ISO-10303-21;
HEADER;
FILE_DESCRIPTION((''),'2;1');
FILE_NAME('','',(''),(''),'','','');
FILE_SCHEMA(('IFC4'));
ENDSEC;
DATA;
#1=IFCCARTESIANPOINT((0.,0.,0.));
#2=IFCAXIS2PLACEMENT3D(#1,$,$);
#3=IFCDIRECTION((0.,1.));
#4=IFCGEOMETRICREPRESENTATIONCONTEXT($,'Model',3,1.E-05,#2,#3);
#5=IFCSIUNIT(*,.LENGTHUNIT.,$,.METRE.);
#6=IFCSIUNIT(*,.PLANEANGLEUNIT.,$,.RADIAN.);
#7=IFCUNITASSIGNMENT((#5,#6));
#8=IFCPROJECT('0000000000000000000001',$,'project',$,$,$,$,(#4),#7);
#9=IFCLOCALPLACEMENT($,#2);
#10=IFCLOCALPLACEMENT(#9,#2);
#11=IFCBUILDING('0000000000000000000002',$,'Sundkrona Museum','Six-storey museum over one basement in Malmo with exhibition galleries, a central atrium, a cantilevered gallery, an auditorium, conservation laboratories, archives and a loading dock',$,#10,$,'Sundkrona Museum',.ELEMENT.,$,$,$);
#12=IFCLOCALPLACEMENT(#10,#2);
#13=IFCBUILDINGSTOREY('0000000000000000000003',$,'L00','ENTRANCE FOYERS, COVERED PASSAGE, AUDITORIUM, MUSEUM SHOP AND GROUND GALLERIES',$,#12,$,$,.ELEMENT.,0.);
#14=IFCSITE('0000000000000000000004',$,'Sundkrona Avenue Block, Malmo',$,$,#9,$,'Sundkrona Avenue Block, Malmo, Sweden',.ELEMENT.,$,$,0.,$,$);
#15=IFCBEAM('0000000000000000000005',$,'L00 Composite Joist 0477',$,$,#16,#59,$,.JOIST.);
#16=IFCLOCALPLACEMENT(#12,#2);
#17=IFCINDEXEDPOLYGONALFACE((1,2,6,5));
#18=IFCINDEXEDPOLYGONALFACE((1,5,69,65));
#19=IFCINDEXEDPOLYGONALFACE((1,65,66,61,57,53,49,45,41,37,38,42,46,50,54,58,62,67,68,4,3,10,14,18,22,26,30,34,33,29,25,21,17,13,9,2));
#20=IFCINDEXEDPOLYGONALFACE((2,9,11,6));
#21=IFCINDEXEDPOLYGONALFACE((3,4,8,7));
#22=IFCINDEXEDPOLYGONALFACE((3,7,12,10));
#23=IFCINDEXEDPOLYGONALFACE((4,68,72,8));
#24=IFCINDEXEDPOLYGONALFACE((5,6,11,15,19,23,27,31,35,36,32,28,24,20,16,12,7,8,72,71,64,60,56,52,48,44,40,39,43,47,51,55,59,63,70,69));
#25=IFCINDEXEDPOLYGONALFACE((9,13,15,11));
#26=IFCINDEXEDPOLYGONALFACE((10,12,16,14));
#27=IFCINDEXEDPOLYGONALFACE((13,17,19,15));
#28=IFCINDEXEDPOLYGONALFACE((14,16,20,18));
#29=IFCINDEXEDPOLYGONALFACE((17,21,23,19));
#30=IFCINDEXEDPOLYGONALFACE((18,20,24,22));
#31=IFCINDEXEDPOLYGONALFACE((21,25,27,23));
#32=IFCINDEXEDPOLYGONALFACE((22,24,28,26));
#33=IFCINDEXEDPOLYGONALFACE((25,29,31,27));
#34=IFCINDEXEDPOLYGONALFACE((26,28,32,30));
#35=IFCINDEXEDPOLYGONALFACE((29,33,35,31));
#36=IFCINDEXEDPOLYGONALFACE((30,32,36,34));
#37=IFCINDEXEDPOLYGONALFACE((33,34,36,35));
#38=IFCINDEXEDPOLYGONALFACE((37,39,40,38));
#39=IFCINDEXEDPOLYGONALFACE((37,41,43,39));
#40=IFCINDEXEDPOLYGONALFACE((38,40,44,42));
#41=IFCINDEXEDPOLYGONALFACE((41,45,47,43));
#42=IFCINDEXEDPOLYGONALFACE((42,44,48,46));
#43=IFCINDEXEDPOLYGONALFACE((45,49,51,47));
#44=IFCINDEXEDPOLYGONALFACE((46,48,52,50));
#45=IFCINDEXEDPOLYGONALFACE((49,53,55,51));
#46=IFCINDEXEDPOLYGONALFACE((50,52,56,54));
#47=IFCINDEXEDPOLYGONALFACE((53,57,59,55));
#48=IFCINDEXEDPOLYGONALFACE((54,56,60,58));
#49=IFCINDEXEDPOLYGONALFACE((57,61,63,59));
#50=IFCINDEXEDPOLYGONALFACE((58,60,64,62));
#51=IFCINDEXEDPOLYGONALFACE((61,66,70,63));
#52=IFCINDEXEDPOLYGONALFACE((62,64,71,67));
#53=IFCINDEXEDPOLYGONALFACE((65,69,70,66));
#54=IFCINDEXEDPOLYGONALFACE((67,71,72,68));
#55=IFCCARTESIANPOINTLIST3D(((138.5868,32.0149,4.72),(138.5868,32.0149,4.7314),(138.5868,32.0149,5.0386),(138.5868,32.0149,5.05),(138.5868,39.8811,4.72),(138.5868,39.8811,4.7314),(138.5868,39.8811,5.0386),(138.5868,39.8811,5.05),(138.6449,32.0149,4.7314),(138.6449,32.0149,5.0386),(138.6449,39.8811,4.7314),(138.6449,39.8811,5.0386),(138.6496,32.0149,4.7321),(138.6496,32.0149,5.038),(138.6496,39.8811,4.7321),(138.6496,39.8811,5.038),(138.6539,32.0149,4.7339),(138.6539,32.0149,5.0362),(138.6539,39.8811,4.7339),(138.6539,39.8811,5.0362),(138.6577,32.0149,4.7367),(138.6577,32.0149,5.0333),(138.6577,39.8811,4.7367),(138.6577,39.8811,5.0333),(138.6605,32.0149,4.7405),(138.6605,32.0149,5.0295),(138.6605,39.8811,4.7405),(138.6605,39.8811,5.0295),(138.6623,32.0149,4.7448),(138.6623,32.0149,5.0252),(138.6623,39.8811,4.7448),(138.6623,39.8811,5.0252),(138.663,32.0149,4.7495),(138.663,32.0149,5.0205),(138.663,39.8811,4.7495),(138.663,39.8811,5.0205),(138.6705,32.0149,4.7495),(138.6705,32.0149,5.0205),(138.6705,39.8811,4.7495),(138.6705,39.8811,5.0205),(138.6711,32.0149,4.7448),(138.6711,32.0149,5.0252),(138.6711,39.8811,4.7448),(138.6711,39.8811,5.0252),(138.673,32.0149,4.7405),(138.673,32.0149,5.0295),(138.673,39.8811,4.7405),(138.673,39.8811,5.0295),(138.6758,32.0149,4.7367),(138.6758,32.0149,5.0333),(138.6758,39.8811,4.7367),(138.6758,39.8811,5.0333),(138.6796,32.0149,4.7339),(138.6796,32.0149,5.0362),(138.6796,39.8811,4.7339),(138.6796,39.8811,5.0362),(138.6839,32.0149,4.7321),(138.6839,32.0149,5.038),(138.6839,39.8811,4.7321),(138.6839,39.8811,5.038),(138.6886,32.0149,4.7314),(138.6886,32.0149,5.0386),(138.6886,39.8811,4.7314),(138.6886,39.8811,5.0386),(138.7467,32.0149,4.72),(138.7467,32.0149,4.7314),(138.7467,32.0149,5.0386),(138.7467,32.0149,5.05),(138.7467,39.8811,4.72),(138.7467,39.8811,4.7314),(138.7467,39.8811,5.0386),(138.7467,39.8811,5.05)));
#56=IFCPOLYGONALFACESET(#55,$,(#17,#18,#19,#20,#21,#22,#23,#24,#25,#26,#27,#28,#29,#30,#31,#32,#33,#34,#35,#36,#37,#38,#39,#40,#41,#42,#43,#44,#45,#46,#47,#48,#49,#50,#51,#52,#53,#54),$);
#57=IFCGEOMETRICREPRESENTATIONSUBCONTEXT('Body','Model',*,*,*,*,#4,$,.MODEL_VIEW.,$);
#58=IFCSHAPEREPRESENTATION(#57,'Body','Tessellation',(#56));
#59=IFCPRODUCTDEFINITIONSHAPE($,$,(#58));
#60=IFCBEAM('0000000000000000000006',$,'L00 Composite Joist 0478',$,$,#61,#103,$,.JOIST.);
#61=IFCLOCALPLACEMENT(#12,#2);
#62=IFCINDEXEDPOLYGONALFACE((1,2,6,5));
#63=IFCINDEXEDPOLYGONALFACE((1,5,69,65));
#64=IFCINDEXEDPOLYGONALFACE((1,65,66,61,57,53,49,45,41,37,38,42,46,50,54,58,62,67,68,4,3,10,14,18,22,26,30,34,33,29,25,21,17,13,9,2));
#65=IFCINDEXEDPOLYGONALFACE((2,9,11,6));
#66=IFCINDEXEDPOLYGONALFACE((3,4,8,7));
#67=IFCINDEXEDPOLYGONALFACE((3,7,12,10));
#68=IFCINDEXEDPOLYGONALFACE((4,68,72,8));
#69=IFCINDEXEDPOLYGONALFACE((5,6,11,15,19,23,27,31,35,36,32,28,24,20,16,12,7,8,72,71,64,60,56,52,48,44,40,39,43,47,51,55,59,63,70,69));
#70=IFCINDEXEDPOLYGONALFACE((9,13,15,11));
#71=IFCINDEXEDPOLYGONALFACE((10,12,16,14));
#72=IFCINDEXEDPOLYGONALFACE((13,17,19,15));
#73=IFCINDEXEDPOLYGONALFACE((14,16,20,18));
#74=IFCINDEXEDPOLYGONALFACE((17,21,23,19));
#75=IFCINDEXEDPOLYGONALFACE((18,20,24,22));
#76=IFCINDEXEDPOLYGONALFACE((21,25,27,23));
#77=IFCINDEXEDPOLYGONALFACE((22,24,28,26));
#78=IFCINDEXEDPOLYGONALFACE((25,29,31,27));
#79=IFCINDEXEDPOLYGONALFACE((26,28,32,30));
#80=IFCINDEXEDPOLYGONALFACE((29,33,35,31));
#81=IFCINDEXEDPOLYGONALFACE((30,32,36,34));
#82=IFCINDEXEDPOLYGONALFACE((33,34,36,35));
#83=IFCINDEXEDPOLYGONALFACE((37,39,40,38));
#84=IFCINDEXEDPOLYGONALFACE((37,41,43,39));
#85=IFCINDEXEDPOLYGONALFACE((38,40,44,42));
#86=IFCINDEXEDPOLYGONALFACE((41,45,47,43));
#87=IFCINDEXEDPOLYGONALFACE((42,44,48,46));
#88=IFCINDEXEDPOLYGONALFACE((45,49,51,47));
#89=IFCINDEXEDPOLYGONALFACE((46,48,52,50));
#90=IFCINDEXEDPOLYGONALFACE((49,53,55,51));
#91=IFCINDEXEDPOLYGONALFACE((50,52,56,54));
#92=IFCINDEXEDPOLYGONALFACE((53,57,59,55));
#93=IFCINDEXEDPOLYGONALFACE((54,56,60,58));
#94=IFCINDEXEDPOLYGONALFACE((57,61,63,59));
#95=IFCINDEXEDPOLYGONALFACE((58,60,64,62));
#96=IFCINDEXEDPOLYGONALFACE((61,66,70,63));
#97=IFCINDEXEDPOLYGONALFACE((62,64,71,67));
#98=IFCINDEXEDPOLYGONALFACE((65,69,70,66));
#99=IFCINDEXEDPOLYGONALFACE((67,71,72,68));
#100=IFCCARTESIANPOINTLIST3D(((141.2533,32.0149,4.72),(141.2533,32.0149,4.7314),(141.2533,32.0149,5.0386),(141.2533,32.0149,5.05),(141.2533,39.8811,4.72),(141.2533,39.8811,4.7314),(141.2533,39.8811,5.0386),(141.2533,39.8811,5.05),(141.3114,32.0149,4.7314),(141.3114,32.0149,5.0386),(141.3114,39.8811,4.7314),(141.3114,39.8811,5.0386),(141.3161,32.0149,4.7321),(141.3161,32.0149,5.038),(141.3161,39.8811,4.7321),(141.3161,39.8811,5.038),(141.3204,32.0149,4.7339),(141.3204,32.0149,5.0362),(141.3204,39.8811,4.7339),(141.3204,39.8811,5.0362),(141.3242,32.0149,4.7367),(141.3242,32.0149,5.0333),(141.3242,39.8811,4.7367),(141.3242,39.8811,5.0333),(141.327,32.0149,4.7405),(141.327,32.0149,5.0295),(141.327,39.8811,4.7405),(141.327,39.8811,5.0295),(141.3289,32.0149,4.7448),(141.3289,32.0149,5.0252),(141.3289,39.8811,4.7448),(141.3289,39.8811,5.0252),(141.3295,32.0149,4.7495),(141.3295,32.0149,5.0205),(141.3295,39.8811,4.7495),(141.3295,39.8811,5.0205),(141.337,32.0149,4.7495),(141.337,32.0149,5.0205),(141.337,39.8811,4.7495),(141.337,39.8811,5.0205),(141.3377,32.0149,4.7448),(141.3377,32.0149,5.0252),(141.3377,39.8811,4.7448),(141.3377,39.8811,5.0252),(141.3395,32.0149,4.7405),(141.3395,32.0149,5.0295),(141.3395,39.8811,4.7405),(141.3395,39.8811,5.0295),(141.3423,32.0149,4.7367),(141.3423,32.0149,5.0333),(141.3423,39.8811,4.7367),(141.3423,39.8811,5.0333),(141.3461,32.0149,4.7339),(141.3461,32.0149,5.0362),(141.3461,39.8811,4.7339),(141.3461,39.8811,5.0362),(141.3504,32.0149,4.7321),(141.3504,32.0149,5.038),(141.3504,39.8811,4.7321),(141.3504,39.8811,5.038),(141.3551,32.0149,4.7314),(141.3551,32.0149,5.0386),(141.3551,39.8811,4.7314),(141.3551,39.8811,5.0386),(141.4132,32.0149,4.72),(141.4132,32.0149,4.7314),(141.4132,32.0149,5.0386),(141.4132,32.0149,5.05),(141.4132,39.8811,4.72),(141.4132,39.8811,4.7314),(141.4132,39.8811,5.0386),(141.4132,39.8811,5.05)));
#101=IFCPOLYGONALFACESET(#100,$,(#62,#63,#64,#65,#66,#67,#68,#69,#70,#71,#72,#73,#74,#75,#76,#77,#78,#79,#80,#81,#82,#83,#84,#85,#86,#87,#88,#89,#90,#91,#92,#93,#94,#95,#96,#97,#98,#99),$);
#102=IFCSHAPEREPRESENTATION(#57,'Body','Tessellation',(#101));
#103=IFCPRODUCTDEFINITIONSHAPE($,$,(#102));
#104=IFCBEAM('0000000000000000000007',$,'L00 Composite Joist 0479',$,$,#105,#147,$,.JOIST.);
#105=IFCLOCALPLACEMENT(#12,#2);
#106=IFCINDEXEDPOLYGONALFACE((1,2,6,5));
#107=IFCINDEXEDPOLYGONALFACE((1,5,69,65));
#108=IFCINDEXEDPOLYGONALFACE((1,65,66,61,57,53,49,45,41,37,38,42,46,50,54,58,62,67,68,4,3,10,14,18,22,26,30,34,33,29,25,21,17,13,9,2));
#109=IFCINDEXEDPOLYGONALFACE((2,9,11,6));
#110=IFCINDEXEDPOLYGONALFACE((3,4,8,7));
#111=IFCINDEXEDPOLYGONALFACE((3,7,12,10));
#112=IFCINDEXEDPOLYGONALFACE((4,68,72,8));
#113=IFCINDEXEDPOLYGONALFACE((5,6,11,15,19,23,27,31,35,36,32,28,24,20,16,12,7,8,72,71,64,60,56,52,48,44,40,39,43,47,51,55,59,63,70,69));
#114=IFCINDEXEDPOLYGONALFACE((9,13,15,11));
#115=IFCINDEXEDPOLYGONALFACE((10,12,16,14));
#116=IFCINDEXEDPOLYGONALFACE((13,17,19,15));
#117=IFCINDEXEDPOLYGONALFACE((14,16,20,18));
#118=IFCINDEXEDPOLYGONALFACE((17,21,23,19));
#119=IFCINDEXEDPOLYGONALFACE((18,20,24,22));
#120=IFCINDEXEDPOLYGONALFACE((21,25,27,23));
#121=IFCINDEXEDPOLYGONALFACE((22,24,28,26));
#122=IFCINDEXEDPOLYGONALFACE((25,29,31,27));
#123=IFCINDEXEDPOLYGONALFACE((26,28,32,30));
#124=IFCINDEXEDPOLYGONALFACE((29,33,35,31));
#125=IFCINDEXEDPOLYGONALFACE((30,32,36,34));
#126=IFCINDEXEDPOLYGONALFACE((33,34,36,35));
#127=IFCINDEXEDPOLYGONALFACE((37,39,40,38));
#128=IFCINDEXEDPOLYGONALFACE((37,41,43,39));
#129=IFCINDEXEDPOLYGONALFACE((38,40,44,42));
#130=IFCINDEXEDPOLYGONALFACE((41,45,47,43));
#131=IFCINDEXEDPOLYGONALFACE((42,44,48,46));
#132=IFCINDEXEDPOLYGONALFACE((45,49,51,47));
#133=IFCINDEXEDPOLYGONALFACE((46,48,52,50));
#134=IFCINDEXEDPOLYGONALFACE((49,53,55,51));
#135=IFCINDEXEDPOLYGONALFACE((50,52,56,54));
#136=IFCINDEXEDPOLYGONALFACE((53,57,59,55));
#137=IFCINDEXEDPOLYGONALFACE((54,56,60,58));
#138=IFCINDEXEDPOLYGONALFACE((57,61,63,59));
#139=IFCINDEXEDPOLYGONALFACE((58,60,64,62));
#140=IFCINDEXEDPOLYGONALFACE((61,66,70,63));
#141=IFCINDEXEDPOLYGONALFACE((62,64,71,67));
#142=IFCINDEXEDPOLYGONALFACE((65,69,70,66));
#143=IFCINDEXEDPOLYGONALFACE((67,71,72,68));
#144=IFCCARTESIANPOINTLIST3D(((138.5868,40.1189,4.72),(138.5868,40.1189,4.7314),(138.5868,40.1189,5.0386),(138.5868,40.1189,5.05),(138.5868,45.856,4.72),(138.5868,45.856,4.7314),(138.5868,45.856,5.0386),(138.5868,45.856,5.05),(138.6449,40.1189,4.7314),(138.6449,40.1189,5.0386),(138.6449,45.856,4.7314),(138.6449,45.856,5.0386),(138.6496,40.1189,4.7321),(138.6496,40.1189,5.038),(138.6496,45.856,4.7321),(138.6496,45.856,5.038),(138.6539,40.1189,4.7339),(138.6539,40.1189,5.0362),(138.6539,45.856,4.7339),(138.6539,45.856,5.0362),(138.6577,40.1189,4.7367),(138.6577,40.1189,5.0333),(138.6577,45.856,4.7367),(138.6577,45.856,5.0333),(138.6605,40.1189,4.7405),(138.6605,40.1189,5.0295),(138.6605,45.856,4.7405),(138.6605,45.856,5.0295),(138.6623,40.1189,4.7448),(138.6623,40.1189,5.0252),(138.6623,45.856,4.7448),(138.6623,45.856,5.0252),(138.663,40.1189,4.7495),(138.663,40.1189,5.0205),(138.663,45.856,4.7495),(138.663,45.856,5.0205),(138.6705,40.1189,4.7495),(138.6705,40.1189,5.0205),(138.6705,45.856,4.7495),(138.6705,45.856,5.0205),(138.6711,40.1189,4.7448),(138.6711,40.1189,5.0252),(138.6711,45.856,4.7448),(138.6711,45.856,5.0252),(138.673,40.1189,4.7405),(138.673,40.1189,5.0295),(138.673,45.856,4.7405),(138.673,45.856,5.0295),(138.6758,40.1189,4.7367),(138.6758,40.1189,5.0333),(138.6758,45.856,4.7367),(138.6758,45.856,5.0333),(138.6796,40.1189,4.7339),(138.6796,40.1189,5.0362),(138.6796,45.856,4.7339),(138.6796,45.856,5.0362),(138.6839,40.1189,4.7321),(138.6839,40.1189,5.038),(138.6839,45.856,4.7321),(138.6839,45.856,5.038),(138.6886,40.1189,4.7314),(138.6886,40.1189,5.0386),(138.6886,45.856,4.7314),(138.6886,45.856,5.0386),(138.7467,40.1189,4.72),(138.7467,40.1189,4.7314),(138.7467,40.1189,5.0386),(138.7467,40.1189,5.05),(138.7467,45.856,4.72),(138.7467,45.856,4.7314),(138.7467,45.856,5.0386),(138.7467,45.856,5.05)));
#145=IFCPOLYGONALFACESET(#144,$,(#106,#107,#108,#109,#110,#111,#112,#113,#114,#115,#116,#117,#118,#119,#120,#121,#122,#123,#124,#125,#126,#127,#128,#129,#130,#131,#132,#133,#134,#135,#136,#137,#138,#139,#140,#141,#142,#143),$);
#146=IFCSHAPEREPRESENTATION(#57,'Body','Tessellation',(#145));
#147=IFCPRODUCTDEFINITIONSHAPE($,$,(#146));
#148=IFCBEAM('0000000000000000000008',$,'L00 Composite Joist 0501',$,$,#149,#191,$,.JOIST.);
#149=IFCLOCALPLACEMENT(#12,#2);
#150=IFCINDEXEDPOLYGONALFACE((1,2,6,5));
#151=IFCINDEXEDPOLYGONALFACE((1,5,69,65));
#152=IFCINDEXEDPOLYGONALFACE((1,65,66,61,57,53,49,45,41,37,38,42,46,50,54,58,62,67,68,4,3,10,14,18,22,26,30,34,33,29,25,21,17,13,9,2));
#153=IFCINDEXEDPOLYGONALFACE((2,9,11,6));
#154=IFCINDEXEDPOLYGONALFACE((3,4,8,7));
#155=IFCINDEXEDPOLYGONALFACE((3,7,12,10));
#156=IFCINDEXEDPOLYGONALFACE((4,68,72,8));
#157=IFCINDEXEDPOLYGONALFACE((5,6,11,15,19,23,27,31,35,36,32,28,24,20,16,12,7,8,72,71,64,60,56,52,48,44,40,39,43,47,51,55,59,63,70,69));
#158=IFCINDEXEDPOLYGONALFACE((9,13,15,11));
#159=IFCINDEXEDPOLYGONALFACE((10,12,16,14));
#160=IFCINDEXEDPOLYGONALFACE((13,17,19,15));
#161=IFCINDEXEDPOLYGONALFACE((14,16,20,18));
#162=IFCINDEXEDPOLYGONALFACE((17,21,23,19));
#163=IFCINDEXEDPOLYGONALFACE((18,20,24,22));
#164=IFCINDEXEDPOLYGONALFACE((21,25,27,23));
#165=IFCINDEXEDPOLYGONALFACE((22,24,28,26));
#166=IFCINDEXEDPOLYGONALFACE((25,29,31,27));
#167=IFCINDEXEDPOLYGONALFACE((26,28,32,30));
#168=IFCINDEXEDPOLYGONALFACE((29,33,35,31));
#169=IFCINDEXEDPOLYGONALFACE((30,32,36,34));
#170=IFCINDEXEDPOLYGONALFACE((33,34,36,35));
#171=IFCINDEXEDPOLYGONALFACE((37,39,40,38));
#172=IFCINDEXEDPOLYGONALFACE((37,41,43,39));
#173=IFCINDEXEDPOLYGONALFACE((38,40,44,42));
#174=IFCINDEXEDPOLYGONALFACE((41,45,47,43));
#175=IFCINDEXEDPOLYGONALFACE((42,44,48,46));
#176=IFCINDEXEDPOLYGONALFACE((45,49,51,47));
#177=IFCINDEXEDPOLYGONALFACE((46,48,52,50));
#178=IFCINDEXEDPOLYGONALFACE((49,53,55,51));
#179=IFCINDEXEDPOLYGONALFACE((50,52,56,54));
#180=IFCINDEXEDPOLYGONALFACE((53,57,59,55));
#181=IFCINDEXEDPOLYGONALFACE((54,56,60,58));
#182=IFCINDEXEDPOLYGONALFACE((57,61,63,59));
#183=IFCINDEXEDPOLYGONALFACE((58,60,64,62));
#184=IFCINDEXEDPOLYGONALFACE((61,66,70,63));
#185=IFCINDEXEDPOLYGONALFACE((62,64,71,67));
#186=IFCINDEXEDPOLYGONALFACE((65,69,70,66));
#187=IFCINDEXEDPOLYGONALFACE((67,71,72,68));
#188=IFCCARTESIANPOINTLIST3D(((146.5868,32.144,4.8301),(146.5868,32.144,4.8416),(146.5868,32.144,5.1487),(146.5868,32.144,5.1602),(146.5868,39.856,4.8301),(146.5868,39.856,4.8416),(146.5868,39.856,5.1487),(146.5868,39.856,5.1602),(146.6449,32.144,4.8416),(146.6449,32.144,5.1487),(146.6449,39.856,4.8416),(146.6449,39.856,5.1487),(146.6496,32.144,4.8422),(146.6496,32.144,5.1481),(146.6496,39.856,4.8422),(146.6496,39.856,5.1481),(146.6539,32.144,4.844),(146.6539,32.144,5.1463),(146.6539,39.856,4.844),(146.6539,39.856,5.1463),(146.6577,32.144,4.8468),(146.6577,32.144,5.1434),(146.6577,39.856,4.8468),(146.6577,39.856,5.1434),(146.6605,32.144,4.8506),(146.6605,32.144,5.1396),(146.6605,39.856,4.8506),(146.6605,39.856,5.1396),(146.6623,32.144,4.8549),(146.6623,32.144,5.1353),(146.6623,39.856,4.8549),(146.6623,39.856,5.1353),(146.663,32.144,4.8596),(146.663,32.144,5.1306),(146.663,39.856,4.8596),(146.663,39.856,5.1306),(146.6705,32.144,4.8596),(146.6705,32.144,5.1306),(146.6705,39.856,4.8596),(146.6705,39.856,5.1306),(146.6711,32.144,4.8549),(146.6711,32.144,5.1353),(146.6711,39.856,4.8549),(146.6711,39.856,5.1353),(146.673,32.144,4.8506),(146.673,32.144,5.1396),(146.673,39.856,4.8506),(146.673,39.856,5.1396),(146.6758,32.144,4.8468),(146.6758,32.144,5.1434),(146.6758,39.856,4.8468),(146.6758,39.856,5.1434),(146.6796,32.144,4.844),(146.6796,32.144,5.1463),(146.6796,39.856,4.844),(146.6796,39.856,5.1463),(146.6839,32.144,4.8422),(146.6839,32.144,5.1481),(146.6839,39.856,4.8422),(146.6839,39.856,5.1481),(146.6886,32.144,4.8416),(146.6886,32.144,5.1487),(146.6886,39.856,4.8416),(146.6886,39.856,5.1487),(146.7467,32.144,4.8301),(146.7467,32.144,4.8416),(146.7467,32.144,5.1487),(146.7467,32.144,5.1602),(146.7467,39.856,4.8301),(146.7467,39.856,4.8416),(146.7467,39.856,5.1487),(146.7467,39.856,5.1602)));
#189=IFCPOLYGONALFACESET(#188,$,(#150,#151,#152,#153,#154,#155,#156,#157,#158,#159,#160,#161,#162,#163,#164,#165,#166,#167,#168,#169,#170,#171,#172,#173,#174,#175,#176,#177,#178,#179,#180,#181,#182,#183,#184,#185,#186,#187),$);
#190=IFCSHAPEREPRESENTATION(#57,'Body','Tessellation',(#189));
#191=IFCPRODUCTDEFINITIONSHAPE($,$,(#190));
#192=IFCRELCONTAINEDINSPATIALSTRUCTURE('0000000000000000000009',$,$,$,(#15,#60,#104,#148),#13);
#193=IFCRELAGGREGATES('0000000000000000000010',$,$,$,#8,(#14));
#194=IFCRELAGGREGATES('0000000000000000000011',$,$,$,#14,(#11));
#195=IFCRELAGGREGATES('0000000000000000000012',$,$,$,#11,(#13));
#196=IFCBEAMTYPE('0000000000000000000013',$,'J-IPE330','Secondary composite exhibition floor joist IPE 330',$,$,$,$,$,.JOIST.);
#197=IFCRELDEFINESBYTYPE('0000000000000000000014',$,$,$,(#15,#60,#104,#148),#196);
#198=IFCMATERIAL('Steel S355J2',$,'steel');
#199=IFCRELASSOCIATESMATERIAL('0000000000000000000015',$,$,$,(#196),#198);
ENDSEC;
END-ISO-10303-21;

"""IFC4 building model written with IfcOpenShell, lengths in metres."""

from ifc_helpers import new_model, si_unit, direction, frame, origin, origin_2d, place, context, subcontext, project, spatial, i_section, extrude, material, material_profile, profile_set, type_object, element, save


model = new_model("IFC4")

# Units and contexts
model_context = context("Model", 3, precision=1e-05, world=origin(), true_north=direction((0.0, 1.0)))
body_context = subcontext(model_context, "Body", "Model", "MODEL_VIEW")
ifc_project = project(units=[si_unit("LENGTHUNIT", "METRE"), si_unit("PLANEANGLEUNIT", "RADIAN")], contexts=[model_context])

# Site, building, storey
site_placement = place(None, origin())
site = spatial("IfcSite", under=ifc_project, at=site_placement, Name="Sundkrona Avenue Block, Malmo", LongName="Sundkrona Avenue Block, Malmo, Sweden", CompositionType="ELEMENT", RefElevation=0.0)
building_placement = place(site_placement, origin())
building = spatial("IfcBuilding", under=site, at=building_placement, Name="Sundkrona Museum", Description="Six-storey museum over one basement in Malmo with exhibition galleries, a central atrium, a cantilevered gallery, an auditorium, conservation laboratories, archives and a loading dock", LongName="Sundkrona Museum", CompositionType="ELEMENT")
storey_placement = place(building_placement, origin())
storey = spatial("IfcBuildingStorey", under=building, at=storey_placement, Name="L00", Description="ENTRANCE FOYERS, COVERED PASSAGE, AUDITORIUM, MUSEUM SHOP AND GROUND GALLERIES", CompositionType="ELEMENT", Elevation=0.0)

# Shared definitions
ifc_material_1 = material(Name="Steel S355J2", Category="steel")

# Beams
ifc_material_profile_1 = material_profile(ifc_material_1, i_section(OverallWidth=0.1599, OverallDepth=0.3301, WebThickness=0.0076, FlangeThickness=0.0115, FilletRadius=0.0181, at=origin_2d()), Name="IPE 330")
ifc_profile_set_1 = profile_set([ifc_material_profile_1], Name="Steel S355J2")
beam_type_1 = type_object("IfcBeamType", Name="J-IPE330", Description="Secondary composite exhibition floor joist IPE 330", PredefinedType="JOIST", material=ifc_profile_set_1)
for number, where, z_axis, x_axis, name in (
    (1, (138.6667, 32.0149, 4.885), (0.0, 1.0, 0.0), (-1.0, 0.0, 0.0), "L00 Composite Joist 0477"),
    (2, (141.3333, 32.0149, 4.885), (0.0, 1.0, 0.0), (-1.0, 0.0, 0.0), "L00 Composite Joist 0478"),
):
    element("IfcBeam", number, at=place(storey_placement, frame(where, z_axis=z_axis, x_axis=x_axis)), inside=storey, type_object=beam_type_1, Name=name, PredefinedType="JOIST", context=body_context, shape_type="SweptSolid", body=[
        extrude(i_section(OverallWidth=0.1599, OverallDepth=0.3301, WebThickness=0.0076, FlangeThickness=0.0115, FilletRadius=0.0181, at=origin_2d()), origin(), (0.0, 0.0, 1.0), 7.8662),
    ])
beam_1_placement = place(storey_placement, frame((138.6667, 40.1189, 4.885), z_axis=(0.0, 1.0, 0.0), x_axis=(-1.0, 0.0, 0.0)))
element("IfcBeam", 3, at=beam_1_placement, inside=storey, type_object=beam_type_1, Name="L00 Composite Joist 0479", PredefinedType="JOIST", context=body_context, shape_type="SweptSolid", body=[
    extrude(i_section(OverallWidth=0.1599, OverallDepth=0.3301, WebThickness=0.0076, FlangeThickness=0.0115, FilletRadius=0.0181, at=origin_2d()), origin(), (0.0, 0.0, 1.0), 5.7371),
])
for number, where, z_axis, x_axis, name in (
    (4, (146.6667, 32.144, 4.9951), (0.0, 1.0, 0.0), (-1.0, 0.0, 0.0), "L00 Composite Joist 0501"),
):
    element("IfcBeam", number, at=place(storey_placement, frame(where, z_axis=z_axis, x_axis=x_axis)), inside=storey, type_object=beam_type_1, Name=name, PredefinedType="JOIST", context=body_context, shape_type="SweptSolid", body=[
        extrude(i_section(OverallWidth=0.1599, OverallDepth=0.3301, WebThickness=0.0076, FlangeThickness=0.0115, FilletRadius=0.0181, at=origin_2d()), origin(), (0.0, 0.0, 1.0), 7.7119),
    ])

save(model, "model.ifc")
